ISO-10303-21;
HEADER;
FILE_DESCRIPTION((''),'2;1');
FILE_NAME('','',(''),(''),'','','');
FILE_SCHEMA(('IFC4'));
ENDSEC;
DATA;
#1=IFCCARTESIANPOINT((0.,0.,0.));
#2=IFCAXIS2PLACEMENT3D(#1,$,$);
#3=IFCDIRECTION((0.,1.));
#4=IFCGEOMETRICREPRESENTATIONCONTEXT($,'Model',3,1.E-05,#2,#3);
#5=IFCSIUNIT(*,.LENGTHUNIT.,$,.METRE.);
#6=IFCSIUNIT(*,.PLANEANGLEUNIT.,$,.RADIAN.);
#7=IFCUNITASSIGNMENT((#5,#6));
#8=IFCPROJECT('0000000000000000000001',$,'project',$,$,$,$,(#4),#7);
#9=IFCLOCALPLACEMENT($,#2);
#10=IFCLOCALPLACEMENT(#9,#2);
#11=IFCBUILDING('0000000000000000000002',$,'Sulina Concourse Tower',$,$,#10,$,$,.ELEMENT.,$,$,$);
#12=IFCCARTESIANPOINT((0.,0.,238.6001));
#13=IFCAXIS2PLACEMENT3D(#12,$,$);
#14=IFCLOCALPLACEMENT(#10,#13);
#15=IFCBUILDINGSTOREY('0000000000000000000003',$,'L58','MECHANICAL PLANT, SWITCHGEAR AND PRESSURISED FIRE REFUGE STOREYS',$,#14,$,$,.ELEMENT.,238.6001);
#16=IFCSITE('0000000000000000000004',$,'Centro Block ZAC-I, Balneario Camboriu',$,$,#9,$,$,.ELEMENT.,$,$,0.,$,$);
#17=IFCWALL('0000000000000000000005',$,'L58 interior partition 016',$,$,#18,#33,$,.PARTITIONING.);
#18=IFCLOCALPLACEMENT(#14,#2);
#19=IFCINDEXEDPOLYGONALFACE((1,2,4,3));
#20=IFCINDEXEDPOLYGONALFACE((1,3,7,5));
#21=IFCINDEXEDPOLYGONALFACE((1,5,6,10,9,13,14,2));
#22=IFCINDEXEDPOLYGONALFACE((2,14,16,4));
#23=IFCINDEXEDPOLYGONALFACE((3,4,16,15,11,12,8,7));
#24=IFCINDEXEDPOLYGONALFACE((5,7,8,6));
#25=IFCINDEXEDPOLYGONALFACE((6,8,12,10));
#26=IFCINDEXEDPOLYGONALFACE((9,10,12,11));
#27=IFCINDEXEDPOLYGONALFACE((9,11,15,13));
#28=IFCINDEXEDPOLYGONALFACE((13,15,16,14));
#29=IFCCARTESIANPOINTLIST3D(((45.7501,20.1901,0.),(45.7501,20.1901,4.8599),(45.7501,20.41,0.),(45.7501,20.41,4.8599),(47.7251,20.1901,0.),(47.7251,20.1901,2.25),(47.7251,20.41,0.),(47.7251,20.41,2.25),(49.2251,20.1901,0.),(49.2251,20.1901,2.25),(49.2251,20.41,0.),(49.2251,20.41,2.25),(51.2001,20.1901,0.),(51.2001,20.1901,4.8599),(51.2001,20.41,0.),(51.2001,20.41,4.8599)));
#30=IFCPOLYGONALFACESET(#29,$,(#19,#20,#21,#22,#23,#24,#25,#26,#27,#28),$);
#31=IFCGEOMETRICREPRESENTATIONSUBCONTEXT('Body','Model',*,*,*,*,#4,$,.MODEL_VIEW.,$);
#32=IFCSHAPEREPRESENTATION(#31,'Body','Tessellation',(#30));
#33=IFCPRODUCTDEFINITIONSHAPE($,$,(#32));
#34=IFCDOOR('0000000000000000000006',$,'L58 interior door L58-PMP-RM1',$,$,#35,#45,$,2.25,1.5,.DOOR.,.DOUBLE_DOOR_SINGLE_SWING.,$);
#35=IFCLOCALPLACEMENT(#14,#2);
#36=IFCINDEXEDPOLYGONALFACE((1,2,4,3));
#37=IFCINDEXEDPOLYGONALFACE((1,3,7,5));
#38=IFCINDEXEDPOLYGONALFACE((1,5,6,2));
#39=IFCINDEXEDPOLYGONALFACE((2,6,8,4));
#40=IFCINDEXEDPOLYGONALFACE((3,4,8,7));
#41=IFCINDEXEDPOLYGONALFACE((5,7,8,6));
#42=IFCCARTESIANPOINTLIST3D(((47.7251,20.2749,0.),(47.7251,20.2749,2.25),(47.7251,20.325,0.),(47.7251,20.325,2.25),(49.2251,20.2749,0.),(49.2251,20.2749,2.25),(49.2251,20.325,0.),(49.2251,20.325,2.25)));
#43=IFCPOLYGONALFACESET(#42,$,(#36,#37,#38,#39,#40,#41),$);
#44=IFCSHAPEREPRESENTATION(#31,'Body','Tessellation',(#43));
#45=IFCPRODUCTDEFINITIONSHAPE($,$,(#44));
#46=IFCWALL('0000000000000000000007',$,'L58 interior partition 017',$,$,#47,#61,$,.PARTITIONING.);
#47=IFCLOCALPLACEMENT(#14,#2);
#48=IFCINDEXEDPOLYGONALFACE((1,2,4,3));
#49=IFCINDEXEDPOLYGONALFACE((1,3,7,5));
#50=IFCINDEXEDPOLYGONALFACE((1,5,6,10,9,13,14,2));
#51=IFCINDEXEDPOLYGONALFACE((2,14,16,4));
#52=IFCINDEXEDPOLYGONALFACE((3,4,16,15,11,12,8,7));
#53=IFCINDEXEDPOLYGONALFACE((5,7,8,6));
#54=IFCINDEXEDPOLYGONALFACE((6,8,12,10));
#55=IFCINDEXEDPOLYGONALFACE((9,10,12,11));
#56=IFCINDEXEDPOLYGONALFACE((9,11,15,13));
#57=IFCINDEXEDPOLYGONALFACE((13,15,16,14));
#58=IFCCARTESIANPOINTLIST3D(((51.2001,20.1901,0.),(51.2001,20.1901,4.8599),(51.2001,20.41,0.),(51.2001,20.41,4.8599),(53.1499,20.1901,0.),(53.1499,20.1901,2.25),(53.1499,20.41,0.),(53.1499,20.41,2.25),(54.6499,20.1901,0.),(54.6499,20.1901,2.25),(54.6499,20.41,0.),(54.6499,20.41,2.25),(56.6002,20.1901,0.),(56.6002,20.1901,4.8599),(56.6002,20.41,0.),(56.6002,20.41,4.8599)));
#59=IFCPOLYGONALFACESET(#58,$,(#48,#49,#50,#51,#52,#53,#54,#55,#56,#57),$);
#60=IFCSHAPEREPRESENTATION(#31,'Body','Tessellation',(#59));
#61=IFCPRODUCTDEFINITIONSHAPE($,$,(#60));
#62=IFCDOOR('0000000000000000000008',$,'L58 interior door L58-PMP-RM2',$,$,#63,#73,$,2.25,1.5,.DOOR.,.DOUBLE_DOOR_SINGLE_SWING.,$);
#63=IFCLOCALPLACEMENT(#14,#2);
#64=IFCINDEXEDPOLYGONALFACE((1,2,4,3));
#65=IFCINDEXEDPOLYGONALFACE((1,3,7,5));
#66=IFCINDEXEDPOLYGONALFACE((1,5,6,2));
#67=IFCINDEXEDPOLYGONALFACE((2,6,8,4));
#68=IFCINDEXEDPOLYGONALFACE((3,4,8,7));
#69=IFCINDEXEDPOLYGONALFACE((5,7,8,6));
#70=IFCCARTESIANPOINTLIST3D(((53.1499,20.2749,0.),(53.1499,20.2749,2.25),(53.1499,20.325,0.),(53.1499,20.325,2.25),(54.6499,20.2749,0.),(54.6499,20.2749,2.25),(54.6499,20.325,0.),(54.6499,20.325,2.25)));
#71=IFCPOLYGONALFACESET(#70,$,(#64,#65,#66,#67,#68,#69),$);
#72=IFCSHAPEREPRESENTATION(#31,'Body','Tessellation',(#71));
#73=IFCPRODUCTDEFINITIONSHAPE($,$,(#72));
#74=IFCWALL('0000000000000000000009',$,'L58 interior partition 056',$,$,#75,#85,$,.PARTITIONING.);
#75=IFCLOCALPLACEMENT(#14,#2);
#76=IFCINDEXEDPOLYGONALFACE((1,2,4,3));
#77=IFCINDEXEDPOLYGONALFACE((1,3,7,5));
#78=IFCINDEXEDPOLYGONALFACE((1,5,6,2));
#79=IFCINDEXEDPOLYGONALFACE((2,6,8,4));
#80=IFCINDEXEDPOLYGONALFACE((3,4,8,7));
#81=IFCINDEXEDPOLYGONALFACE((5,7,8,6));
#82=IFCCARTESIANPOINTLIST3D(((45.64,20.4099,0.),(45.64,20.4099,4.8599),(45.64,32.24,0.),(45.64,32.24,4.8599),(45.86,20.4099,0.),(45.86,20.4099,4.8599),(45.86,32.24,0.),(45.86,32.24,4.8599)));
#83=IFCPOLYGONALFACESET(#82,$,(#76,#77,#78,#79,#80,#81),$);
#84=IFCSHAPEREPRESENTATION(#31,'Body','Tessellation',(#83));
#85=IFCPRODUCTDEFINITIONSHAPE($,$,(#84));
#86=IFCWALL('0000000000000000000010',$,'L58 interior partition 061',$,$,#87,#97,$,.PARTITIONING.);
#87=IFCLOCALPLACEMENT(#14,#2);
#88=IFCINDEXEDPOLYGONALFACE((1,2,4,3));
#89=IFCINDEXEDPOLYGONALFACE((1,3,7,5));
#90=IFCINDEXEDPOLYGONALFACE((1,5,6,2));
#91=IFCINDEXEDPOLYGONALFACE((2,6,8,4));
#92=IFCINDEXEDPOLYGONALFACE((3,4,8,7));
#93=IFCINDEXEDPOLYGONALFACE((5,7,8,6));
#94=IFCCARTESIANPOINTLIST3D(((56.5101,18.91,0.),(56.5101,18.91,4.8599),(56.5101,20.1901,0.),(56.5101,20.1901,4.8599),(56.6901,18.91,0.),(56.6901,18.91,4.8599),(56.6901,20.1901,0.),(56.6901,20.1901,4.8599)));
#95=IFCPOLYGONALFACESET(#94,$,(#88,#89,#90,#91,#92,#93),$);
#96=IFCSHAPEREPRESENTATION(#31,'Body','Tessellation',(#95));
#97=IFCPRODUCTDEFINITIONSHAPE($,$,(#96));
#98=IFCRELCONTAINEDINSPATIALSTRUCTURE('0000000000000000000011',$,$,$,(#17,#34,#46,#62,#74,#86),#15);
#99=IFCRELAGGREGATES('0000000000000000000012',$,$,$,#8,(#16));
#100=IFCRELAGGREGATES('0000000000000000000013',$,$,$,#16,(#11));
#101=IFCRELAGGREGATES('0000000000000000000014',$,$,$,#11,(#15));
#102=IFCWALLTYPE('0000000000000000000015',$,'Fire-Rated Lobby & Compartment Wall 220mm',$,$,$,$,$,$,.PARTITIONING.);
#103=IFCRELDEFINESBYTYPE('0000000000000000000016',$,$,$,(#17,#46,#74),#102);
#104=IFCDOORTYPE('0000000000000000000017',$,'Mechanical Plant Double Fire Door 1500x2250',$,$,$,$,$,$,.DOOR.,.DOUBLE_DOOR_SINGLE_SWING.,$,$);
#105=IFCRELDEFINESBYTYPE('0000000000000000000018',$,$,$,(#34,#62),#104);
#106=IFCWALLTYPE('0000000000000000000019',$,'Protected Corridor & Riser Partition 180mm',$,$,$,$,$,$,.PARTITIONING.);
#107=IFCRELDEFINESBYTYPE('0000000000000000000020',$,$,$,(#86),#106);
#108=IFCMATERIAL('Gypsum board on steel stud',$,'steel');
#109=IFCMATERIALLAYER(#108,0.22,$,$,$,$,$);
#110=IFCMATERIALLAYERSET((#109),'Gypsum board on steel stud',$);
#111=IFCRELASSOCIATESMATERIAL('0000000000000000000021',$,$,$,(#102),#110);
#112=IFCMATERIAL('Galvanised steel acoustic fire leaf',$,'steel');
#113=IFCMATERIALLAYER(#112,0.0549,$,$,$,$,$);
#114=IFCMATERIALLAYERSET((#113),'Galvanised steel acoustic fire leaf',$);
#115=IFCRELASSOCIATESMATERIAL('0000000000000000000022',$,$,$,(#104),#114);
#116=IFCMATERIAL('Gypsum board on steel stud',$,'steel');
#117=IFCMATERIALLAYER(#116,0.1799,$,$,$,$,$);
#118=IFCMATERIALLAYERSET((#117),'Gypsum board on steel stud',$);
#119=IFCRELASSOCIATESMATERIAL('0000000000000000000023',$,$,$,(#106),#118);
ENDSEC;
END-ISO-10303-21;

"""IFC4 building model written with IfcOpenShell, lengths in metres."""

from ifc_helpers import new_model, si_unit, direction, frame, frame_2d, origin, place, context, subcontext, project, spatial, rectangle, extrude, material, layer, layer_set, type_object, element, fill, save


model = new_model("IFC4")

# Units and contexts
model_context = context("Model", 3, precision=1e-05, world=origin(), true_north=direction((0.0, 1.0)))
body_context = subcontext(model_context, "Body", "Model", "MODEL_VIEW")
ifc_project = project(units=[si_unit("LENGTHUNIT", "METRE"), si_unit("PLANEANGLEUNIT", "RADIAN")], contexts=[model_context])

# Site, building, storey
site_placement = place(None, origin())
site = spatial("IfcSite", under=ifc_project, at=site_placement, Name="Centro Block ZAC-I, Balneario Camboriu", CompositionType="ELEMENT", RefElevation=0.0)
building_placement = place(site_placement, origin())
building = spatial("IfcBuilding", under=site, at=building_placement, Name="Sulina Concourse Tower", CompositionType="ELEMENT")
storey_placement = place(building_placement, frame((0.0, 0.0, 238.6001)))
storey = spatial("IfcBuildingStorey", under=building, at=storey_placement, Name="L58", Description="MECHANICAL PLANT, SWITCHGEAR AND PRESSURISED FIRE REFUGE STOREYS", CompositionType="ELEMENT", Elevation=238.6001)

# Walls, openings, doors
ifc_material_1 = material(Name="Gypsum board on steel stud", Category="steel")
ifc_layer_1 = layer(ifc_material_1, 0.22)
ifc_layer_set_1 = layer_set([ifc_layer_1], Name="Gypsum board on steel stud")
wall_type_1 = type_object("IfcWallType", Name="Fire-Rated Lobby & Compartment Wall 220mm", PredefinedType="PARTITIONING", material=ifc_layer_set_1)
ifc_material_2 = material(Name="Galvanised steel acoustic fire leaf", Category="steel")
ifc_layer_2 = layer(ifc_material_2, 0.0549)
ifc_layer_set_2 = layer_set([ifc_layer_2], Name="Galvanised steel acoustic fire leaf")
door_type = type_object("IfcDoorType", Name="Mechanical Plant Double Fire Door 1500x2250", OperationType="DOUBLE_DOOR_SINGLE_SWING", PredefinedType="DOOR", material=ifc_layer_set_2)
wall_1_placement = place(storey_placement, frame((45.75, 20.3, 0.0), z_axis=(0.0, 0.0, 1.0), x_axis=(1.0, 0.0, 0.0)))
wall_1 = element("IfcWall", 1, at=wall_1_placement, inside=storey, type_object=wall_type_1, Name="L58 interior partition 016", PredefinedType="PARTITIONING", context=body_context, shape_type="SweptSolid", body=[
    extrude(rectangle(XDim=5.45, YDim=0.22, at=frame_2d((2.7251, 0.0))), origin(), (0.0, 0.0, 1.0), 4.8599),
])
opening_1_placement = place(wall_1_placement, frame((1.9751, 0.0, 0.0)))
opening_1 = element("IfcOpeningElement", 2, at=opening_1_placement, cuts=wall_1, PredefinedType="OPENING", context=body_context, shape_type="SweptSolid", body=[
    extrude(rectangle(XDim=1.5, YDim=2.25, at=frame_2d((0.75, 1.125))), frame((0.0, 0.1199, 0.0), z_axis=(0.0, -1.0, 0.0), x_axis=(1.0, 0.0, 0.0)), (0.0, 0.0, 1.0), 0.24),
])
door_1_placement = place(opening_1_placement, origin())
door_1 = element("IfcDoor", 3, at=door_1_placement, inside=storey, type_object=door_type, Name="L58 interior door L58-PMP-RM1", OperationType="DOUBLE_DOOR_SINGLE_SWING", OverallHeight=2.25, OverallWidth=1.5, PredefinedType="DOOR", context=body_context, shape_type="SweptSolid", body=[
    extrude(rectangle(XDim=1.5, YDim=2.25, at=frame_2d((0.75, 1.125))), frame((0.0, 0.0249, 0.0), z_axis=(0.0, -1.0, 0.0), x_axis=(1.0, 0.0, 0.0)), (0.0, 0.0, 1.0), 0.05),
])
fill(opening_1, door_1)
wall_2_placement = place(storey_placement, frame((51.2, 20.3, 0.0), z_axis=(0.0, 0.0, 1.0), x_axis=(1.0, 0.0, 0.0)))
wall_2 = element("IfcWall", 4, at=wall_2_placement, inside=storey, type_object=wall_type_1, Name="L58 interior partition 017", PredefinedType="PARTITIONING", context=body_context, shape_type="SweptSolid", body=[
    extrude(rectangle(XDim=5.4001, YDim=0.22, at=frame_2d((2.7002, 0.0))), origin(), (0.0, 0.0, 1.0), 4.8599),
])
opening_2_placement = place(wall_2_placement, frame((1.95, 0.0, 0.0)))
opening_2 = element("IfcOpeningElement", 5, at=opening_2_placement, cuts=wall_2, PredefinedType="OPENING", context=body_context, shape_type="SweptSolid", body=[
    extrude(rectangle(XDim=1.5, YDim=2.25, at=frame_2d((0.75, 1.125))), frame((0.0, 0.1199, 0.0), z_axis=(0.0, -1.0, 0.0), x_axis=(1.0, 0.0, 0.0)), (0.0, 0.0, 1.0), 0.24),
])
door_2_placement = place(opening_2_placement, origin())
door_2 = element("IfcDoor", 6, at=door_2_placement, inside=storey, type_object=door_type, Name="L58 interior door L58-PMP-RM2", OperationType="DOUBLE_DOOR_SINGLE_SWING", OverallHeight=2.25, OverallWidth=1.5, PredefinedType="DOOR", context=body_context, shape_type="SweptSolid", body=[
    extrude(rectangle(XDim=1.5, YDim=2.25, at=frame_2d((0.75, 1.125))), frame((0.0, 0.0249, 0.0), z_axis=(0.0, -1.0, 0.0), x_axis=(1.0, 0.0, 0.0)), (0.0, 0.0, 1.0), 0.05),
])
fill(opening_2, door_2)

# Walls
wall_3_placement = place(storey_placement, frame((45.75, 20.4099, 0.0), z_axis=(0.0, 0.0, 1.0), x_axis=(0.0, 1.0, 0.0)))
element("IfcWall", 7, at=wall_3_placement, inside=storey, type_object=wall_type_1, Name="L58 interior partition 056", PredefinedType="PARTITIONING", context=body_context, shape_type="SweptSolid", body=[
    extrude(rectangle(XDim=11.8301, YDim=0.22, at=frame_2d((5.915, 0.0))), origin(), (0.0, 0.0, 1.0), 4.8599),
])
ifc_material_3 = material(Name="Gypsum board on steel stud", Category="steel")
ifc_layer_3 = layer(ifc_material_3, 0.1799)
ifc_layer_set_3 = layer_set([ifc_layer_3], Name="Gypsum board on steel stud")
wall_type_2 = type_object("IfcWallType", Name="Protected Corridor & Riser Partition 180mm", PredefinedType="PARTITIONING", material=ifc_layer_set_3)
wall_4_placement = place(storey_placement, frame((56.6001, 18.9099, 0.0), z_axis=(0.0, 0.0, 1.0), x_axis=(0.0, 1.0, 0.0)))
element("IfcWall", 8, at=wall_4_placement, inside=storey, type_object=wall_type_2, Name="L58 interior partition 061", PredefinedType="PARTITIONING", context=body_context, shape_type="SweptSolid", body=[
    extrude(rectangle(XDim=1.28, YDim=0.1799, at=frame_2d((0.6401, 0.0))), origin(), (0.0, 0.0, 1.0), 4.8599),
])

save(model, "model.ifc")
